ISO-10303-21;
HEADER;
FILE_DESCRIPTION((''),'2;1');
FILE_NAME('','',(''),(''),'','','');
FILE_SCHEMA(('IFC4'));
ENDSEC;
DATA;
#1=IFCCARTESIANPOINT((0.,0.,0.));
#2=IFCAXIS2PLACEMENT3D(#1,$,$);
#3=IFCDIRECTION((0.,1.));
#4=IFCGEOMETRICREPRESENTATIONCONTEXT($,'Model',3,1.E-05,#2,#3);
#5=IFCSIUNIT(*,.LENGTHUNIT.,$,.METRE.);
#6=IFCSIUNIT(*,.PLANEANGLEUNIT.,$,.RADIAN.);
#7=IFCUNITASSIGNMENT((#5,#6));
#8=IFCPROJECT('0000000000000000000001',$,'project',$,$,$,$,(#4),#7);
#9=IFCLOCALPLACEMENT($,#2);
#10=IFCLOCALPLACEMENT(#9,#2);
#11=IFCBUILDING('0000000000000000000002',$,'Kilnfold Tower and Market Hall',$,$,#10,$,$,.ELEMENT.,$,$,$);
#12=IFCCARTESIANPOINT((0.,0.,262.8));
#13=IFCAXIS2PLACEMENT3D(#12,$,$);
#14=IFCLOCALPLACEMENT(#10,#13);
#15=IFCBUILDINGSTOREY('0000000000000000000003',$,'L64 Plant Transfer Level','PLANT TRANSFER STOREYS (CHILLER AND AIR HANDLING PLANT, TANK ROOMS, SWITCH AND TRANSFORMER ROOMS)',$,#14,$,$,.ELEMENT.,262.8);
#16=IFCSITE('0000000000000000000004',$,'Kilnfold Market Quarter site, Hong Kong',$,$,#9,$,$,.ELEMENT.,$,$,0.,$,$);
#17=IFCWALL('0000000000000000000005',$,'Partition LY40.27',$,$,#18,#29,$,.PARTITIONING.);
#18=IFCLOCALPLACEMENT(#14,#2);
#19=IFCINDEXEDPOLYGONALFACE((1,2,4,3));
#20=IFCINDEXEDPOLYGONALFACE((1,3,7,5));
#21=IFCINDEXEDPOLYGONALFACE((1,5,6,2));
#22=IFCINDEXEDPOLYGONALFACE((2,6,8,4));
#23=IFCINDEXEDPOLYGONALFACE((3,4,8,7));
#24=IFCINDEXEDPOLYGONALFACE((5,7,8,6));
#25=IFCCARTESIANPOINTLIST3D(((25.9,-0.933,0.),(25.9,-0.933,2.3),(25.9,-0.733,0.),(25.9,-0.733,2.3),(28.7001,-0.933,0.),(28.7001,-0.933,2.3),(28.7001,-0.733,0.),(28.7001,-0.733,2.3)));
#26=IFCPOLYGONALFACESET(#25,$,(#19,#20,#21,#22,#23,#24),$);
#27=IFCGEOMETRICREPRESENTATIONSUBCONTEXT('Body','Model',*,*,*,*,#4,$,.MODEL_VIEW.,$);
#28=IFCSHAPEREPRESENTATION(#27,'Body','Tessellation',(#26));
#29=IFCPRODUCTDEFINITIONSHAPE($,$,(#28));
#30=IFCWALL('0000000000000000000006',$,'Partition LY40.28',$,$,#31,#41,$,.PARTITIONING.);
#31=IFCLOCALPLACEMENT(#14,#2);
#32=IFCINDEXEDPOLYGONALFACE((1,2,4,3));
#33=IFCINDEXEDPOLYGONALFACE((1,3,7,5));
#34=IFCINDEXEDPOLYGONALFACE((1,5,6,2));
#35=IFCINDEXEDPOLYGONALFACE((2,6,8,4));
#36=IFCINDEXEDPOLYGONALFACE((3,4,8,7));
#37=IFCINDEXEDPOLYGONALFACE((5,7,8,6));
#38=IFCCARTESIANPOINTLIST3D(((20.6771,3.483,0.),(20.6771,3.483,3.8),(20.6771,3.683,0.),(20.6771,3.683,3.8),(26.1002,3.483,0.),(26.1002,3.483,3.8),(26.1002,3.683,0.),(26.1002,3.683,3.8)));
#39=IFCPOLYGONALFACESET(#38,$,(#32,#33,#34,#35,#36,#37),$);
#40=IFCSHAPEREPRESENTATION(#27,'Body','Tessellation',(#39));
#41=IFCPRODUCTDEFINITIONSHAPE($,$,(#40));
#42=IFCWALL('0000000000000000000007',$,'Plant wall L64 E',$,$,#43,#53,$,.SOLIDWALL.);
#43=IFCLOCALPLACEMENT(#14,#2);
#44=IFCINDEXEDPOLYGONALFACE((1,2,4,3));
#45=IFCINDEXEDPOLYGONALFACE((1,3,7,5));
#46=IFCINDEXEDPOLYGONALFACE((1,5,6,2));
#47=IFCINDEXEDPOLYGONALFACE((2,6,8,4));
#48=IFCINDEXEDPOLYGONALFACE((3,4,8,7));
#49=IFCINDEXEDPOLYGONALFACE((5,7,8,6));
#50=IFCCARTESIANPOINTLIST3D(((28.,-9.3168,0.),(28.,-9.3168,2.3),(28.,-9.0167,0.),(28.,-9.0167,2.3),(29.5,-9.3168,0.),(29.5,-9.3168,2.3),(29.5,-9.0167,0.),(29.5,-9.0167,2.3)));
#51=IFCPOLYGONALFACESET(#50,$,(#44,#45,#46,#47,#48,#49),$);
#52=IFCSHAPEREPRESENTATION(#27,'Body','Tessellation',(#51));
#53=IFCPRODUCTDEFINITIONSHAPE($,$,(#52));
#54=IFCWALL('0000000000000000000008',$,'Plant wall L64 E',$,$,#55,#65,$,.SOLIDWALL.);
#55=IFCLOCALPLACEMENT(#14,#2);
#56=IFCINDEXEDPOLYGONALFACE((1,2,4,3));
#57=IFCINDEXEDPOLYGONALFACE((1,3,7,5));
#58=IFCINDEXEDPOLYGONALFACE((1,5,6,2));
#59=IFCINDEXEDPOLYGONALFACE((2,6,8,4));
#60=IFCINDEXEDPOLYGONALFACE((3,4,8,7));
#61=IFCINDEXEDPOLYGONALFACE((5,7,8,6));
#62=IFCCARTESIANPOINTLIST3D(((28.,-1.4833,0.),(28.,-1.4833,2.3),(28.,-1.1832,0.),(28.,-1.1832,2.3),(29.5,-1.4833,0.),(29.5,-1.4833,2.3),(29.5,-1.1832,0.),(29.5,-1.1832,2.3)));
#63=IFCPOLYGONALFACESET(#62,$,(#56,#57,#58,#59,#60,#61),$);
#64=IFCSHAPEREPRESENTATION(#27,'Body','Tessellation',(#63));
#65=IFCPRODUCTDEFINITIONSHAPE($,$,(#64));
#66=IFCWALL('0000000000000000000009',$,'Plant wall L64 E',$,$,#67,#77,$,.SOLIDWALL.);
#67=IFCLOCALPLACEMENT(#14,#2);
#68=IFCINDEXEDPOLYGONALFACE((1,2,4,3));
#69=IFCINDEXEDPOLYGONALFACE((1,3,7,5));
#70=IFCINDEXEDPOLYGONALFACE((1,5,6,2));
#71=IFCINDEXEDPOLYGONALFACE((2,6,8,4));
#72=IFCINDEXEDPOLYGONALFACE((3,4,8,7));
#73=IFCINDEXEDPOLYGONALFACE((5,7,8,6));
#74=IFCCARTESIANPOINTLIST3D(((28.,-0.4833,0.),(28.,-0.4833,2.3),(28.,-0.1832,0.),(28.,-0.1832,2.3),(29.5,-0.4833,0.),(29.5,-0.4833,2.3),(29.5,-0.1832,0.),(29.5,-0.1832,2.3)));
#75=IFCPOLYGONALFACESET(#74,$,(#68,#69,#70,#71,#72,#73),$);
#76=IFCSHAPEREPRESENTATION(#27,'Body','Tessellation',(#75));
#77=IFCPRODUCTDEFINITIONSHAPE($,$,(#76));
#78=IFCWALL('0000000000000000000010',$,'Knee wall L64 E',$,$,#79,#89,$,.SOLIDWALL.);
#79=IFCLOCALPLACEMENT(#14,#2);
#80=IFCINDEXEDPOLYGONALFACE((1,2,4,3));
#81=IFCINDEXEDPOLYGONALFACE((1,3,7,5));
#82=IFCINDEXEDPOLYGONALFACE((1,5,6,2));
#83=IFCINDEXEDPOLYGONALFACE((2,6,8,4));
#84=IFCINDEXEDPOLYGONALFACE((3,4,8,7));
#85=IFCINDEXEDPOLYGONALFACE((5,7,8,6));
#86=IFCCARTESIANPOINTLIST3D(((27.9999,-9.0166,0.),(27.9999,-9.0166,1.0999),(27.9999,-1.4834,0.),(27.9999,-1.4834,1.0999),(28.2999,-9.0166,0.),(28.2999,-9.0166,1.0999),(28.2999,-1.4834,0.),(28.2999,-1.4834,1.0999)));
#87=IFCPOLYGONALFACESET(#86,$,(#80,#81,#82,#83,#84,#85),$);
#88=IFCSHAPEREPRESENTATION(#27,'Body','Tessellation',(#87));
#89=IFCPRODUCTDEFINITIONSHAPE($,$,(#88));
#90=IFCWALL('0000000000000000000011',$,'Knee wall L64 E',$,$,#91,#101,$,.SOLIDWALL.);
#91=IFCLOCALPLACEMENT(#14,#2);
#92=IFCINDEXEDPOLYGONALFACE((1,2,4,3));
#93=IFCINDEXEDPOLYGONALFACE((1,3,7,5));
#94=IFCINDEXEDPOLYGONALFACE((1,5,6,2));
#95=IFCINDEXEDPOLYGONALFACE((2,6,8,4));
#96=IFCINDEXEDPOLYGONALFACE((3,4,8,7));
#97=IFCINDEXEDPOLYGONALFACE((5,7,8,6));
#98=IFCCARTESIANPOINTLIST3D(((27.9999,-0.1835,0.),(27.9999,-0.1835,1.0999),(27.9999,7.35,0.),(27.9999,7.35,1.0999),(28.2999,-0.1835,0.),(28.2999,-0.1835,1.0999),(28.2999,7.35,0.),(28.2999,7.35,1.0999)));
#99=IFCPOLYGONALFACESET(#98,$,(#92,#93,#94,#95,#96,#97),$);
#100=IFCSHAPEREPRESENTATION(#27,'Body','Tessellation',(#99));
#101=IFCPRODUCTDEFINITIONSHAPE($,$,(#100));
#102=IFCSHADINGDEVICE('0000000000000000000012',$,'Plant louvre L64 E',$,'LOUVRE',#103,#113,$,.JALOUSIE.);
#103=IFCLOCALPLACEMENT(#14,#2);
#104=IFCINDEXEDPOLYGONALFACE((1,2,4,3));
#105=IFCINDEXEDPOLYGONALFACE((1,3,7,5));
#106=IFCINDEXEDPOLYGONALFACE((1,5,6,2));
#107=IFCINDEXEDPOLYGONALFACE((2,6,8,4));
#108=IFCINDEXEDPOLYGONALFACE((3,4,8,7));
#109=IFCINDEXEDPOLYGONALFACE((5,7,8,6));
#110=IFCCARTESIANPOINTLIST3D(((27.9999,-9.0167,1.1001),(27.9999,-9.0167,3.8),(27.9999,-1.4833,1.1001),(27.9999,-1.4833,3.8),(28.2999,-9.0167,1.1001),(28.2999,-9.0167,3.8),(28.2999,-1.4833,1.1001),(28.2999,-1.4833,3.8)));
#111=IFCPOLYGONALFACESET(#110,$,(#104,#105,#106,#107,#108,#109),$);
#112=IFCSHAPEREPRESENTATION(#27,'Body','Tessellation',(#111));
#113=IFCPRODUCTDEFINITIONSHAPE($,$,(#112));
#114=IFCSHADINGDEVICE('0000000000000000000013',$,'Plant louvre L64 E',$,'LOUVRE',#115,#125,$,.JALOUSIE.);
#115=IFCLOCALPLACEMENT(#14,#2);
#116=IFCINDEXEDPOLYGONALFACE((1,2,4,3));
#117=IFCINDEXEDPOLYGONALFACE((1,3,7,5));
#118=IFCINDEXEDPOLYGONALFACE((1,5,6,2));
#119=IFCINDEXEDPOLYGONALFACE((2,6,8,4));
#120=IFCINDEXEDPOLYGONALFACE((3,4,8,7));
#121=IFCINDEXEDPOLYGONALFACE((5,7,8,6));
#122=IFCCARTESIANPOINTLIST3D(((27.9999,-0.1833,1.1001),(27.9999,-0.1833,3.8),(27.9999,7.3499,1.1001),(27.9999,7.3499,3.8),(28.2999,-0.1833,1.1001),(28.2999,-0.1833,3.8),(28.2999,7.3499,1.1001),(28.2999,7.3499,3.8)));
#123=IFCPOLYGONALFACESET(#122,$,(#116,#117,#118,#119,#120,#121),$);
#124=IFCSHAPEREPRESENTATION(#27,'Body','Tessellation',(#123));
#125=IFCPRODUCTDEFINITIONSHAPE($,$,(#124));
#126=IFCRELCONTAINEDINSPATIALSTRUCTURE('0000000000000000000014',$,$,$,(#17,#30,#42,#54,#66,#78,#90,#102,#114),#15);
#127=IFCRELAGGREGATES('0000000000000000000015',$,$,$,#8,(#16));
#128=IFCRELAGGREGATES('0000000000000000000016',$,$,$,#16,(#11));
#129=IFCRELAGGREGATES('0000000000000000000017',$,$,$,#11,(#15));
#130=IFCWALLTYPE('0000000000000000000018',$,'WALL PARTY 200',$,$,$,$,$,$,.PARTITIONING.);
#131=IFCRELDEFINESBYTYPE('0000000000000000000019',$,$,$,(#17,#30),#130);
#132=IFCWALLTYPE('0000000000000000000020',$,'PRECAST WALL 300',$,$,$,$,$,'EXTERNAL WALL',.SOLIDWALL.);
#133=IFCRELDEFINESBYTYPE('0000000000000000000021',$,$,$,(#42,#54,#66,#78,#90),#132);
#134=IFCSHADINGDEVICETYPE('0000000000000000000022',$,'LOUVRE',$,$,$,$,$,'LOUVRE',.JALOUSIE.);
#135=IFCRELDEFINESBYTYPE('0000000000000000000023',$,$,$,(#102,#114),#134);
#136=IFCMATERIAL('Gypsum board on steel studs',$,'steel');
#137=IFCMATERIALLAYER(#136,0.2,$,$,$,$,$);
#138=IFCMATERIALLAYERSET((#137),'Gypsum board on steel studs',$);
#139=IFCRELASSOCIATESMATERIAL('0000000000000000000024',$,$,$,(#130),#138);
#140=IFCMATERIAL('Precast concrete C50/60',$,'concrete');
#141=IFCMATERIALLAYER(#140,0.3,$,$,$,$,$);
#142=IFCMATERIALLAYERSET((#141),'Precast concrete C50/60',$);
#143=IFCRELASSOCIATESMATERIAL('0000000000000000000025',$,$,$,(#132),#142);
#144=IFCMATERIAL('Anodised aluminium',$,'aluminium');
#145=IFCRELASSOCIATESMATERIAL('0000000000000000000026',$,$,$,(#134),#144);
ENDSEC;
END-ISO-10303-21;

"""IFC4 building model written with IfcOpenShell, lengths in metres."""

from ifc_helpers import new_model, si_unit, direction, frame, frame_2d, origin, origin_2d, place, context, subcontext, project, spatial, rectangle, extrude, source, transform, mapped, material, layer, layer_set, type_object, element, save


model = new_model("IFC4")

# Units and contexts
model_context = context("Model", 3, precision=1e-05, world=origin(), true_north=direction((0.0, 1.0)))
body_context = subcontext(model_context, "Body", "Model", "MODEL_VIEW")
ifc_project = project(units=[si_unit("LENGTHUNIT", "METRE"), si_unit("PLANEANGLEUNIT", "RADIAN")], contexts=[model_context])

# Site, building, storey
site_placement = place(None, origin())
site = spatial("IfcSite", under=ifc_project, at=site_placement, Name="Kilnfold Market Quarter site, Hong Kong", CompositionType="ELEMENT", RefElevation=0.0)
building_placement = place(site_placement, origin())
building = spatial("IfcBuilding", under=site, at=building_placement, Name="Kilnfold Tower and Market Hall", CompositionType="ELEMENT")
storey_placement = place(building_placement, frame((0.0, 0.0, 262.8)))
storey = spatial("IfcBuildingStorey", under=building, at=storey_placement, Name="L64 Plant Transfer Level", Description="PLANT TRANSFER STOREYS (CHILLER AND AIR HANDLING PLANT, TANK ROOMS, SWITCH AND TRANSFORMER ROOMS)", CompositionType="ELEMENT", Elevation=262.8)

# Walls
ifc_material_1 = material(Name="Gypsum board on steel studs", Category="steel")
ifc_layer_1 = layer(ifc_material_1, 0.2)
ifc_layer_set_1 = layer_set([ifc_layer_1], Name="Gypsum board on steel studs")
wall_type_1 = type_object("IfcWallType", Name="WALL PARTY 200", PredefinedType="PARTITIONING", material=ifc_layer_set_1)
wall_1_placement = place(storey_placement, frame((28.7, -0.833, 0.0), z_axis=(0.0, 0.0, 1.0), x_axis=(-1.0, 0.0, 0.0)))
element("IfcWall", 1, at=wall_1_placement, inside=storey, type_object=wall_type_1, Name="Partition LY40.27", PredefinedType="PARTITIONING", context=body_context, shape_type="SweptSolid", body=[
    extrude(rectangle(XDim=2.8, YDim=0.2, at=frame_2d((1.3999, 0.0))), origin(), (0.0, 0.0, 1.0), 2.3),
])
wall_2_placement = place(storey_placement, frame((26.1001, 3.583, 0.0), z_axis=(0.0, 0.0, 1.0), x_axis=(-1.0, 0.0, 0.0)))
element("IfcWall", 2, at=wall_2_placement, inside=storey, type_object=wall_type_1, Name="Partition LY40.28", PredefinedType="PARTITIONING", context=body_context, shape_type="SweptSolid", body=[
    extrude(rectangle(XDim=5.4231, YDim=0.2, at=frame_2d((2.7114, 0.0))), origin(), (0.0, 0.0, 1.0), 3.8),
])
ifc_material_2 = material(Name="Precast concrete C50/60", Category="concrete")
ifc_layer_2 = layer(ifc_material_2, 0.3)
ifc_layer_set_2 = layer_set([ifc_layer_2], Name="Precast concrete C50/60")
wall_type_2 = type_object("IfcWallType", Name="PRECAST WALL 300", ElementType="EXTERNAL WALL", PredefinedType="SOLIDWALL", material=ifc_layer_set_2)
shared_shape_1 = source(origin(), body_context, "Body", "SweptSolid", [
    extrude(rectangle(XDim=1.5, YDim=0.3, at=frame_2d((0.75, 0.0))), origin(), (0.0, 0.0, 1.0), 2.3),
])
for number, where, z_axis, x_axis, name in (
    (3, (29.5, -9.1667, 0.0), (0.0, 0.0, 1.0), (-1.0, 0.0, 0.0), "Plant wall L64 E"),
    (4, (29.5, -1.3333, 0.0), (0.0, 0.0, 1.0), (-1.0, 0.0, 0.0), "Plant wall L64 E"),
    (5, (29.5, -0.3333, 0.0), (0.0, 0.0, 1.0), (-1.0, 0.0, 0.0), "Plant wall L64 E"),
):
    element("IfcWall", number, at=place(storey_placement, frame(where, z_axis=z_axis, x_axis=x_axis)), inside=storey, type_object=wall_type_2, Name=name, PredefinedType="SOLIDWALL", context=body_context, shape_type="MappedRepresentation", body=[
        mapped(shared_shape_1, transform((0.0, 0.0, 0.0))),
    ])
shared_shape_2 = source(origin(), body_context, "Body", "SweptSolid", [
    extrude(rectangle(XDim=7.5332, YDim=0.3, at=frame_2d((3.7666, 0.0))), origin(), (0.0, 0.0, 1.0), 1.0999),
])
wall_3_placement = place(storey_placement, frame((28.1499, -9.0166, 0.0), z_axis=(0.0, 0.0, 1.0), x_axis=(0.0, 1.0, 0.0)))
element("IfcWall", 6, at=wall_3_placement, inside=storey, type_object=wall_type_2, Name="Knee wall L64 E", PredefinedType="SOLIDWALL", context=body_context, shape_type="MappedRepresentation", body=[
    mapped(shared_shape_2, transform((0.0, 0.0, 0.0))),
])
shared_shape_3 = source(origin(), body_context, "Body", "SweptSolid", [
    extrude(rectangle(XDim=7.5334, YDim=0.3, at=frame_2d((3.7666, 0.0))), origin(), (0.0, 0.0, 1.0), 1.0999),
])
wall_4_placement = place(storey_placement, frame((28.1499, -0.1833, 0.0), z_axis=(0.0, 0.0, 1.0), x_axis=(0.0, 1.0, 0.0)))
element("IfcWall", 7, at=wall_4_placement, inside=storey, type_object=wall_type_2, Name="Knee wall L64 E", PredefinedType="SOLIDWALL", context=body_context, shape_type="MappedRepresentation", body=[
    mapped(shared_shape_3, transform((0.0, 0.0, 0.0))),
])

# Shading devices
ifc_material_3 = material(Name="Anodised aluminium", Category="aluminium")
shading_device_type = type_object("IfcShadingDeviceType", Name="LOUVRE", ElementType="LOUVRE", PredefinedType="JALOUSIE", material=ifc_material_3)
shared_shape_4 = source(origin(), body_context, "Body", "SweptSolid", [
    extrude(rectangle(XDim=7.5334, YDim=0.3, at=origin_2d()), origin(), (0.0, 0.0, 1.0), 2.7),
])
shading_device_1_placement = place(storey_placement, frame((28.1499, -5.25, 1.1001), z_axis=(0.0, 0.0, 1.0), x_axis=(0.0, 1.0, 0.0)))
element("IfcShadingDevice", 8, at=shading_device_1_placement, inside=storey, type_object=shading_device_type, Name="Plant louvre L64 E", ObjectType="LOUVRE", PredefinedType="JALOUSIE", context=body_context, shape_type="MappedRepresentation", body=[
    mapped(shared_shape_4, transform((0.0, 0.0, 0.0))),
])
shared_shape_5 = source(origin(), body_context, "Body", "SweptSolid", [
    extrude(rectangle(XDim=7.5332, YDim=0.3, at=origin_2d()), origin(), (0.0, 0.0, 1.0), 2.7),
])
shading_device_2_placement = place(storey_placement, frame((28.1499, 3.5833, 1.1001), z_axis=(0.0, 0.0, 1.0), x_axis=(0.0, 1.0, 0.0)))
element("IfcShadingDevice", 9, at=shading_device_2_placement, inside=storey, type_object=shading_device_type, Name="Plant louvre L64 E", ObjectType="LOUVRE", PredefinedType="JALOUSIE", context=body_context, shape_type="MappedRepresentation", body=[
    mapped(shared_shape_5, transform((0.0, 0.0, 0.0))),
])

save(model, "model.ifc")
